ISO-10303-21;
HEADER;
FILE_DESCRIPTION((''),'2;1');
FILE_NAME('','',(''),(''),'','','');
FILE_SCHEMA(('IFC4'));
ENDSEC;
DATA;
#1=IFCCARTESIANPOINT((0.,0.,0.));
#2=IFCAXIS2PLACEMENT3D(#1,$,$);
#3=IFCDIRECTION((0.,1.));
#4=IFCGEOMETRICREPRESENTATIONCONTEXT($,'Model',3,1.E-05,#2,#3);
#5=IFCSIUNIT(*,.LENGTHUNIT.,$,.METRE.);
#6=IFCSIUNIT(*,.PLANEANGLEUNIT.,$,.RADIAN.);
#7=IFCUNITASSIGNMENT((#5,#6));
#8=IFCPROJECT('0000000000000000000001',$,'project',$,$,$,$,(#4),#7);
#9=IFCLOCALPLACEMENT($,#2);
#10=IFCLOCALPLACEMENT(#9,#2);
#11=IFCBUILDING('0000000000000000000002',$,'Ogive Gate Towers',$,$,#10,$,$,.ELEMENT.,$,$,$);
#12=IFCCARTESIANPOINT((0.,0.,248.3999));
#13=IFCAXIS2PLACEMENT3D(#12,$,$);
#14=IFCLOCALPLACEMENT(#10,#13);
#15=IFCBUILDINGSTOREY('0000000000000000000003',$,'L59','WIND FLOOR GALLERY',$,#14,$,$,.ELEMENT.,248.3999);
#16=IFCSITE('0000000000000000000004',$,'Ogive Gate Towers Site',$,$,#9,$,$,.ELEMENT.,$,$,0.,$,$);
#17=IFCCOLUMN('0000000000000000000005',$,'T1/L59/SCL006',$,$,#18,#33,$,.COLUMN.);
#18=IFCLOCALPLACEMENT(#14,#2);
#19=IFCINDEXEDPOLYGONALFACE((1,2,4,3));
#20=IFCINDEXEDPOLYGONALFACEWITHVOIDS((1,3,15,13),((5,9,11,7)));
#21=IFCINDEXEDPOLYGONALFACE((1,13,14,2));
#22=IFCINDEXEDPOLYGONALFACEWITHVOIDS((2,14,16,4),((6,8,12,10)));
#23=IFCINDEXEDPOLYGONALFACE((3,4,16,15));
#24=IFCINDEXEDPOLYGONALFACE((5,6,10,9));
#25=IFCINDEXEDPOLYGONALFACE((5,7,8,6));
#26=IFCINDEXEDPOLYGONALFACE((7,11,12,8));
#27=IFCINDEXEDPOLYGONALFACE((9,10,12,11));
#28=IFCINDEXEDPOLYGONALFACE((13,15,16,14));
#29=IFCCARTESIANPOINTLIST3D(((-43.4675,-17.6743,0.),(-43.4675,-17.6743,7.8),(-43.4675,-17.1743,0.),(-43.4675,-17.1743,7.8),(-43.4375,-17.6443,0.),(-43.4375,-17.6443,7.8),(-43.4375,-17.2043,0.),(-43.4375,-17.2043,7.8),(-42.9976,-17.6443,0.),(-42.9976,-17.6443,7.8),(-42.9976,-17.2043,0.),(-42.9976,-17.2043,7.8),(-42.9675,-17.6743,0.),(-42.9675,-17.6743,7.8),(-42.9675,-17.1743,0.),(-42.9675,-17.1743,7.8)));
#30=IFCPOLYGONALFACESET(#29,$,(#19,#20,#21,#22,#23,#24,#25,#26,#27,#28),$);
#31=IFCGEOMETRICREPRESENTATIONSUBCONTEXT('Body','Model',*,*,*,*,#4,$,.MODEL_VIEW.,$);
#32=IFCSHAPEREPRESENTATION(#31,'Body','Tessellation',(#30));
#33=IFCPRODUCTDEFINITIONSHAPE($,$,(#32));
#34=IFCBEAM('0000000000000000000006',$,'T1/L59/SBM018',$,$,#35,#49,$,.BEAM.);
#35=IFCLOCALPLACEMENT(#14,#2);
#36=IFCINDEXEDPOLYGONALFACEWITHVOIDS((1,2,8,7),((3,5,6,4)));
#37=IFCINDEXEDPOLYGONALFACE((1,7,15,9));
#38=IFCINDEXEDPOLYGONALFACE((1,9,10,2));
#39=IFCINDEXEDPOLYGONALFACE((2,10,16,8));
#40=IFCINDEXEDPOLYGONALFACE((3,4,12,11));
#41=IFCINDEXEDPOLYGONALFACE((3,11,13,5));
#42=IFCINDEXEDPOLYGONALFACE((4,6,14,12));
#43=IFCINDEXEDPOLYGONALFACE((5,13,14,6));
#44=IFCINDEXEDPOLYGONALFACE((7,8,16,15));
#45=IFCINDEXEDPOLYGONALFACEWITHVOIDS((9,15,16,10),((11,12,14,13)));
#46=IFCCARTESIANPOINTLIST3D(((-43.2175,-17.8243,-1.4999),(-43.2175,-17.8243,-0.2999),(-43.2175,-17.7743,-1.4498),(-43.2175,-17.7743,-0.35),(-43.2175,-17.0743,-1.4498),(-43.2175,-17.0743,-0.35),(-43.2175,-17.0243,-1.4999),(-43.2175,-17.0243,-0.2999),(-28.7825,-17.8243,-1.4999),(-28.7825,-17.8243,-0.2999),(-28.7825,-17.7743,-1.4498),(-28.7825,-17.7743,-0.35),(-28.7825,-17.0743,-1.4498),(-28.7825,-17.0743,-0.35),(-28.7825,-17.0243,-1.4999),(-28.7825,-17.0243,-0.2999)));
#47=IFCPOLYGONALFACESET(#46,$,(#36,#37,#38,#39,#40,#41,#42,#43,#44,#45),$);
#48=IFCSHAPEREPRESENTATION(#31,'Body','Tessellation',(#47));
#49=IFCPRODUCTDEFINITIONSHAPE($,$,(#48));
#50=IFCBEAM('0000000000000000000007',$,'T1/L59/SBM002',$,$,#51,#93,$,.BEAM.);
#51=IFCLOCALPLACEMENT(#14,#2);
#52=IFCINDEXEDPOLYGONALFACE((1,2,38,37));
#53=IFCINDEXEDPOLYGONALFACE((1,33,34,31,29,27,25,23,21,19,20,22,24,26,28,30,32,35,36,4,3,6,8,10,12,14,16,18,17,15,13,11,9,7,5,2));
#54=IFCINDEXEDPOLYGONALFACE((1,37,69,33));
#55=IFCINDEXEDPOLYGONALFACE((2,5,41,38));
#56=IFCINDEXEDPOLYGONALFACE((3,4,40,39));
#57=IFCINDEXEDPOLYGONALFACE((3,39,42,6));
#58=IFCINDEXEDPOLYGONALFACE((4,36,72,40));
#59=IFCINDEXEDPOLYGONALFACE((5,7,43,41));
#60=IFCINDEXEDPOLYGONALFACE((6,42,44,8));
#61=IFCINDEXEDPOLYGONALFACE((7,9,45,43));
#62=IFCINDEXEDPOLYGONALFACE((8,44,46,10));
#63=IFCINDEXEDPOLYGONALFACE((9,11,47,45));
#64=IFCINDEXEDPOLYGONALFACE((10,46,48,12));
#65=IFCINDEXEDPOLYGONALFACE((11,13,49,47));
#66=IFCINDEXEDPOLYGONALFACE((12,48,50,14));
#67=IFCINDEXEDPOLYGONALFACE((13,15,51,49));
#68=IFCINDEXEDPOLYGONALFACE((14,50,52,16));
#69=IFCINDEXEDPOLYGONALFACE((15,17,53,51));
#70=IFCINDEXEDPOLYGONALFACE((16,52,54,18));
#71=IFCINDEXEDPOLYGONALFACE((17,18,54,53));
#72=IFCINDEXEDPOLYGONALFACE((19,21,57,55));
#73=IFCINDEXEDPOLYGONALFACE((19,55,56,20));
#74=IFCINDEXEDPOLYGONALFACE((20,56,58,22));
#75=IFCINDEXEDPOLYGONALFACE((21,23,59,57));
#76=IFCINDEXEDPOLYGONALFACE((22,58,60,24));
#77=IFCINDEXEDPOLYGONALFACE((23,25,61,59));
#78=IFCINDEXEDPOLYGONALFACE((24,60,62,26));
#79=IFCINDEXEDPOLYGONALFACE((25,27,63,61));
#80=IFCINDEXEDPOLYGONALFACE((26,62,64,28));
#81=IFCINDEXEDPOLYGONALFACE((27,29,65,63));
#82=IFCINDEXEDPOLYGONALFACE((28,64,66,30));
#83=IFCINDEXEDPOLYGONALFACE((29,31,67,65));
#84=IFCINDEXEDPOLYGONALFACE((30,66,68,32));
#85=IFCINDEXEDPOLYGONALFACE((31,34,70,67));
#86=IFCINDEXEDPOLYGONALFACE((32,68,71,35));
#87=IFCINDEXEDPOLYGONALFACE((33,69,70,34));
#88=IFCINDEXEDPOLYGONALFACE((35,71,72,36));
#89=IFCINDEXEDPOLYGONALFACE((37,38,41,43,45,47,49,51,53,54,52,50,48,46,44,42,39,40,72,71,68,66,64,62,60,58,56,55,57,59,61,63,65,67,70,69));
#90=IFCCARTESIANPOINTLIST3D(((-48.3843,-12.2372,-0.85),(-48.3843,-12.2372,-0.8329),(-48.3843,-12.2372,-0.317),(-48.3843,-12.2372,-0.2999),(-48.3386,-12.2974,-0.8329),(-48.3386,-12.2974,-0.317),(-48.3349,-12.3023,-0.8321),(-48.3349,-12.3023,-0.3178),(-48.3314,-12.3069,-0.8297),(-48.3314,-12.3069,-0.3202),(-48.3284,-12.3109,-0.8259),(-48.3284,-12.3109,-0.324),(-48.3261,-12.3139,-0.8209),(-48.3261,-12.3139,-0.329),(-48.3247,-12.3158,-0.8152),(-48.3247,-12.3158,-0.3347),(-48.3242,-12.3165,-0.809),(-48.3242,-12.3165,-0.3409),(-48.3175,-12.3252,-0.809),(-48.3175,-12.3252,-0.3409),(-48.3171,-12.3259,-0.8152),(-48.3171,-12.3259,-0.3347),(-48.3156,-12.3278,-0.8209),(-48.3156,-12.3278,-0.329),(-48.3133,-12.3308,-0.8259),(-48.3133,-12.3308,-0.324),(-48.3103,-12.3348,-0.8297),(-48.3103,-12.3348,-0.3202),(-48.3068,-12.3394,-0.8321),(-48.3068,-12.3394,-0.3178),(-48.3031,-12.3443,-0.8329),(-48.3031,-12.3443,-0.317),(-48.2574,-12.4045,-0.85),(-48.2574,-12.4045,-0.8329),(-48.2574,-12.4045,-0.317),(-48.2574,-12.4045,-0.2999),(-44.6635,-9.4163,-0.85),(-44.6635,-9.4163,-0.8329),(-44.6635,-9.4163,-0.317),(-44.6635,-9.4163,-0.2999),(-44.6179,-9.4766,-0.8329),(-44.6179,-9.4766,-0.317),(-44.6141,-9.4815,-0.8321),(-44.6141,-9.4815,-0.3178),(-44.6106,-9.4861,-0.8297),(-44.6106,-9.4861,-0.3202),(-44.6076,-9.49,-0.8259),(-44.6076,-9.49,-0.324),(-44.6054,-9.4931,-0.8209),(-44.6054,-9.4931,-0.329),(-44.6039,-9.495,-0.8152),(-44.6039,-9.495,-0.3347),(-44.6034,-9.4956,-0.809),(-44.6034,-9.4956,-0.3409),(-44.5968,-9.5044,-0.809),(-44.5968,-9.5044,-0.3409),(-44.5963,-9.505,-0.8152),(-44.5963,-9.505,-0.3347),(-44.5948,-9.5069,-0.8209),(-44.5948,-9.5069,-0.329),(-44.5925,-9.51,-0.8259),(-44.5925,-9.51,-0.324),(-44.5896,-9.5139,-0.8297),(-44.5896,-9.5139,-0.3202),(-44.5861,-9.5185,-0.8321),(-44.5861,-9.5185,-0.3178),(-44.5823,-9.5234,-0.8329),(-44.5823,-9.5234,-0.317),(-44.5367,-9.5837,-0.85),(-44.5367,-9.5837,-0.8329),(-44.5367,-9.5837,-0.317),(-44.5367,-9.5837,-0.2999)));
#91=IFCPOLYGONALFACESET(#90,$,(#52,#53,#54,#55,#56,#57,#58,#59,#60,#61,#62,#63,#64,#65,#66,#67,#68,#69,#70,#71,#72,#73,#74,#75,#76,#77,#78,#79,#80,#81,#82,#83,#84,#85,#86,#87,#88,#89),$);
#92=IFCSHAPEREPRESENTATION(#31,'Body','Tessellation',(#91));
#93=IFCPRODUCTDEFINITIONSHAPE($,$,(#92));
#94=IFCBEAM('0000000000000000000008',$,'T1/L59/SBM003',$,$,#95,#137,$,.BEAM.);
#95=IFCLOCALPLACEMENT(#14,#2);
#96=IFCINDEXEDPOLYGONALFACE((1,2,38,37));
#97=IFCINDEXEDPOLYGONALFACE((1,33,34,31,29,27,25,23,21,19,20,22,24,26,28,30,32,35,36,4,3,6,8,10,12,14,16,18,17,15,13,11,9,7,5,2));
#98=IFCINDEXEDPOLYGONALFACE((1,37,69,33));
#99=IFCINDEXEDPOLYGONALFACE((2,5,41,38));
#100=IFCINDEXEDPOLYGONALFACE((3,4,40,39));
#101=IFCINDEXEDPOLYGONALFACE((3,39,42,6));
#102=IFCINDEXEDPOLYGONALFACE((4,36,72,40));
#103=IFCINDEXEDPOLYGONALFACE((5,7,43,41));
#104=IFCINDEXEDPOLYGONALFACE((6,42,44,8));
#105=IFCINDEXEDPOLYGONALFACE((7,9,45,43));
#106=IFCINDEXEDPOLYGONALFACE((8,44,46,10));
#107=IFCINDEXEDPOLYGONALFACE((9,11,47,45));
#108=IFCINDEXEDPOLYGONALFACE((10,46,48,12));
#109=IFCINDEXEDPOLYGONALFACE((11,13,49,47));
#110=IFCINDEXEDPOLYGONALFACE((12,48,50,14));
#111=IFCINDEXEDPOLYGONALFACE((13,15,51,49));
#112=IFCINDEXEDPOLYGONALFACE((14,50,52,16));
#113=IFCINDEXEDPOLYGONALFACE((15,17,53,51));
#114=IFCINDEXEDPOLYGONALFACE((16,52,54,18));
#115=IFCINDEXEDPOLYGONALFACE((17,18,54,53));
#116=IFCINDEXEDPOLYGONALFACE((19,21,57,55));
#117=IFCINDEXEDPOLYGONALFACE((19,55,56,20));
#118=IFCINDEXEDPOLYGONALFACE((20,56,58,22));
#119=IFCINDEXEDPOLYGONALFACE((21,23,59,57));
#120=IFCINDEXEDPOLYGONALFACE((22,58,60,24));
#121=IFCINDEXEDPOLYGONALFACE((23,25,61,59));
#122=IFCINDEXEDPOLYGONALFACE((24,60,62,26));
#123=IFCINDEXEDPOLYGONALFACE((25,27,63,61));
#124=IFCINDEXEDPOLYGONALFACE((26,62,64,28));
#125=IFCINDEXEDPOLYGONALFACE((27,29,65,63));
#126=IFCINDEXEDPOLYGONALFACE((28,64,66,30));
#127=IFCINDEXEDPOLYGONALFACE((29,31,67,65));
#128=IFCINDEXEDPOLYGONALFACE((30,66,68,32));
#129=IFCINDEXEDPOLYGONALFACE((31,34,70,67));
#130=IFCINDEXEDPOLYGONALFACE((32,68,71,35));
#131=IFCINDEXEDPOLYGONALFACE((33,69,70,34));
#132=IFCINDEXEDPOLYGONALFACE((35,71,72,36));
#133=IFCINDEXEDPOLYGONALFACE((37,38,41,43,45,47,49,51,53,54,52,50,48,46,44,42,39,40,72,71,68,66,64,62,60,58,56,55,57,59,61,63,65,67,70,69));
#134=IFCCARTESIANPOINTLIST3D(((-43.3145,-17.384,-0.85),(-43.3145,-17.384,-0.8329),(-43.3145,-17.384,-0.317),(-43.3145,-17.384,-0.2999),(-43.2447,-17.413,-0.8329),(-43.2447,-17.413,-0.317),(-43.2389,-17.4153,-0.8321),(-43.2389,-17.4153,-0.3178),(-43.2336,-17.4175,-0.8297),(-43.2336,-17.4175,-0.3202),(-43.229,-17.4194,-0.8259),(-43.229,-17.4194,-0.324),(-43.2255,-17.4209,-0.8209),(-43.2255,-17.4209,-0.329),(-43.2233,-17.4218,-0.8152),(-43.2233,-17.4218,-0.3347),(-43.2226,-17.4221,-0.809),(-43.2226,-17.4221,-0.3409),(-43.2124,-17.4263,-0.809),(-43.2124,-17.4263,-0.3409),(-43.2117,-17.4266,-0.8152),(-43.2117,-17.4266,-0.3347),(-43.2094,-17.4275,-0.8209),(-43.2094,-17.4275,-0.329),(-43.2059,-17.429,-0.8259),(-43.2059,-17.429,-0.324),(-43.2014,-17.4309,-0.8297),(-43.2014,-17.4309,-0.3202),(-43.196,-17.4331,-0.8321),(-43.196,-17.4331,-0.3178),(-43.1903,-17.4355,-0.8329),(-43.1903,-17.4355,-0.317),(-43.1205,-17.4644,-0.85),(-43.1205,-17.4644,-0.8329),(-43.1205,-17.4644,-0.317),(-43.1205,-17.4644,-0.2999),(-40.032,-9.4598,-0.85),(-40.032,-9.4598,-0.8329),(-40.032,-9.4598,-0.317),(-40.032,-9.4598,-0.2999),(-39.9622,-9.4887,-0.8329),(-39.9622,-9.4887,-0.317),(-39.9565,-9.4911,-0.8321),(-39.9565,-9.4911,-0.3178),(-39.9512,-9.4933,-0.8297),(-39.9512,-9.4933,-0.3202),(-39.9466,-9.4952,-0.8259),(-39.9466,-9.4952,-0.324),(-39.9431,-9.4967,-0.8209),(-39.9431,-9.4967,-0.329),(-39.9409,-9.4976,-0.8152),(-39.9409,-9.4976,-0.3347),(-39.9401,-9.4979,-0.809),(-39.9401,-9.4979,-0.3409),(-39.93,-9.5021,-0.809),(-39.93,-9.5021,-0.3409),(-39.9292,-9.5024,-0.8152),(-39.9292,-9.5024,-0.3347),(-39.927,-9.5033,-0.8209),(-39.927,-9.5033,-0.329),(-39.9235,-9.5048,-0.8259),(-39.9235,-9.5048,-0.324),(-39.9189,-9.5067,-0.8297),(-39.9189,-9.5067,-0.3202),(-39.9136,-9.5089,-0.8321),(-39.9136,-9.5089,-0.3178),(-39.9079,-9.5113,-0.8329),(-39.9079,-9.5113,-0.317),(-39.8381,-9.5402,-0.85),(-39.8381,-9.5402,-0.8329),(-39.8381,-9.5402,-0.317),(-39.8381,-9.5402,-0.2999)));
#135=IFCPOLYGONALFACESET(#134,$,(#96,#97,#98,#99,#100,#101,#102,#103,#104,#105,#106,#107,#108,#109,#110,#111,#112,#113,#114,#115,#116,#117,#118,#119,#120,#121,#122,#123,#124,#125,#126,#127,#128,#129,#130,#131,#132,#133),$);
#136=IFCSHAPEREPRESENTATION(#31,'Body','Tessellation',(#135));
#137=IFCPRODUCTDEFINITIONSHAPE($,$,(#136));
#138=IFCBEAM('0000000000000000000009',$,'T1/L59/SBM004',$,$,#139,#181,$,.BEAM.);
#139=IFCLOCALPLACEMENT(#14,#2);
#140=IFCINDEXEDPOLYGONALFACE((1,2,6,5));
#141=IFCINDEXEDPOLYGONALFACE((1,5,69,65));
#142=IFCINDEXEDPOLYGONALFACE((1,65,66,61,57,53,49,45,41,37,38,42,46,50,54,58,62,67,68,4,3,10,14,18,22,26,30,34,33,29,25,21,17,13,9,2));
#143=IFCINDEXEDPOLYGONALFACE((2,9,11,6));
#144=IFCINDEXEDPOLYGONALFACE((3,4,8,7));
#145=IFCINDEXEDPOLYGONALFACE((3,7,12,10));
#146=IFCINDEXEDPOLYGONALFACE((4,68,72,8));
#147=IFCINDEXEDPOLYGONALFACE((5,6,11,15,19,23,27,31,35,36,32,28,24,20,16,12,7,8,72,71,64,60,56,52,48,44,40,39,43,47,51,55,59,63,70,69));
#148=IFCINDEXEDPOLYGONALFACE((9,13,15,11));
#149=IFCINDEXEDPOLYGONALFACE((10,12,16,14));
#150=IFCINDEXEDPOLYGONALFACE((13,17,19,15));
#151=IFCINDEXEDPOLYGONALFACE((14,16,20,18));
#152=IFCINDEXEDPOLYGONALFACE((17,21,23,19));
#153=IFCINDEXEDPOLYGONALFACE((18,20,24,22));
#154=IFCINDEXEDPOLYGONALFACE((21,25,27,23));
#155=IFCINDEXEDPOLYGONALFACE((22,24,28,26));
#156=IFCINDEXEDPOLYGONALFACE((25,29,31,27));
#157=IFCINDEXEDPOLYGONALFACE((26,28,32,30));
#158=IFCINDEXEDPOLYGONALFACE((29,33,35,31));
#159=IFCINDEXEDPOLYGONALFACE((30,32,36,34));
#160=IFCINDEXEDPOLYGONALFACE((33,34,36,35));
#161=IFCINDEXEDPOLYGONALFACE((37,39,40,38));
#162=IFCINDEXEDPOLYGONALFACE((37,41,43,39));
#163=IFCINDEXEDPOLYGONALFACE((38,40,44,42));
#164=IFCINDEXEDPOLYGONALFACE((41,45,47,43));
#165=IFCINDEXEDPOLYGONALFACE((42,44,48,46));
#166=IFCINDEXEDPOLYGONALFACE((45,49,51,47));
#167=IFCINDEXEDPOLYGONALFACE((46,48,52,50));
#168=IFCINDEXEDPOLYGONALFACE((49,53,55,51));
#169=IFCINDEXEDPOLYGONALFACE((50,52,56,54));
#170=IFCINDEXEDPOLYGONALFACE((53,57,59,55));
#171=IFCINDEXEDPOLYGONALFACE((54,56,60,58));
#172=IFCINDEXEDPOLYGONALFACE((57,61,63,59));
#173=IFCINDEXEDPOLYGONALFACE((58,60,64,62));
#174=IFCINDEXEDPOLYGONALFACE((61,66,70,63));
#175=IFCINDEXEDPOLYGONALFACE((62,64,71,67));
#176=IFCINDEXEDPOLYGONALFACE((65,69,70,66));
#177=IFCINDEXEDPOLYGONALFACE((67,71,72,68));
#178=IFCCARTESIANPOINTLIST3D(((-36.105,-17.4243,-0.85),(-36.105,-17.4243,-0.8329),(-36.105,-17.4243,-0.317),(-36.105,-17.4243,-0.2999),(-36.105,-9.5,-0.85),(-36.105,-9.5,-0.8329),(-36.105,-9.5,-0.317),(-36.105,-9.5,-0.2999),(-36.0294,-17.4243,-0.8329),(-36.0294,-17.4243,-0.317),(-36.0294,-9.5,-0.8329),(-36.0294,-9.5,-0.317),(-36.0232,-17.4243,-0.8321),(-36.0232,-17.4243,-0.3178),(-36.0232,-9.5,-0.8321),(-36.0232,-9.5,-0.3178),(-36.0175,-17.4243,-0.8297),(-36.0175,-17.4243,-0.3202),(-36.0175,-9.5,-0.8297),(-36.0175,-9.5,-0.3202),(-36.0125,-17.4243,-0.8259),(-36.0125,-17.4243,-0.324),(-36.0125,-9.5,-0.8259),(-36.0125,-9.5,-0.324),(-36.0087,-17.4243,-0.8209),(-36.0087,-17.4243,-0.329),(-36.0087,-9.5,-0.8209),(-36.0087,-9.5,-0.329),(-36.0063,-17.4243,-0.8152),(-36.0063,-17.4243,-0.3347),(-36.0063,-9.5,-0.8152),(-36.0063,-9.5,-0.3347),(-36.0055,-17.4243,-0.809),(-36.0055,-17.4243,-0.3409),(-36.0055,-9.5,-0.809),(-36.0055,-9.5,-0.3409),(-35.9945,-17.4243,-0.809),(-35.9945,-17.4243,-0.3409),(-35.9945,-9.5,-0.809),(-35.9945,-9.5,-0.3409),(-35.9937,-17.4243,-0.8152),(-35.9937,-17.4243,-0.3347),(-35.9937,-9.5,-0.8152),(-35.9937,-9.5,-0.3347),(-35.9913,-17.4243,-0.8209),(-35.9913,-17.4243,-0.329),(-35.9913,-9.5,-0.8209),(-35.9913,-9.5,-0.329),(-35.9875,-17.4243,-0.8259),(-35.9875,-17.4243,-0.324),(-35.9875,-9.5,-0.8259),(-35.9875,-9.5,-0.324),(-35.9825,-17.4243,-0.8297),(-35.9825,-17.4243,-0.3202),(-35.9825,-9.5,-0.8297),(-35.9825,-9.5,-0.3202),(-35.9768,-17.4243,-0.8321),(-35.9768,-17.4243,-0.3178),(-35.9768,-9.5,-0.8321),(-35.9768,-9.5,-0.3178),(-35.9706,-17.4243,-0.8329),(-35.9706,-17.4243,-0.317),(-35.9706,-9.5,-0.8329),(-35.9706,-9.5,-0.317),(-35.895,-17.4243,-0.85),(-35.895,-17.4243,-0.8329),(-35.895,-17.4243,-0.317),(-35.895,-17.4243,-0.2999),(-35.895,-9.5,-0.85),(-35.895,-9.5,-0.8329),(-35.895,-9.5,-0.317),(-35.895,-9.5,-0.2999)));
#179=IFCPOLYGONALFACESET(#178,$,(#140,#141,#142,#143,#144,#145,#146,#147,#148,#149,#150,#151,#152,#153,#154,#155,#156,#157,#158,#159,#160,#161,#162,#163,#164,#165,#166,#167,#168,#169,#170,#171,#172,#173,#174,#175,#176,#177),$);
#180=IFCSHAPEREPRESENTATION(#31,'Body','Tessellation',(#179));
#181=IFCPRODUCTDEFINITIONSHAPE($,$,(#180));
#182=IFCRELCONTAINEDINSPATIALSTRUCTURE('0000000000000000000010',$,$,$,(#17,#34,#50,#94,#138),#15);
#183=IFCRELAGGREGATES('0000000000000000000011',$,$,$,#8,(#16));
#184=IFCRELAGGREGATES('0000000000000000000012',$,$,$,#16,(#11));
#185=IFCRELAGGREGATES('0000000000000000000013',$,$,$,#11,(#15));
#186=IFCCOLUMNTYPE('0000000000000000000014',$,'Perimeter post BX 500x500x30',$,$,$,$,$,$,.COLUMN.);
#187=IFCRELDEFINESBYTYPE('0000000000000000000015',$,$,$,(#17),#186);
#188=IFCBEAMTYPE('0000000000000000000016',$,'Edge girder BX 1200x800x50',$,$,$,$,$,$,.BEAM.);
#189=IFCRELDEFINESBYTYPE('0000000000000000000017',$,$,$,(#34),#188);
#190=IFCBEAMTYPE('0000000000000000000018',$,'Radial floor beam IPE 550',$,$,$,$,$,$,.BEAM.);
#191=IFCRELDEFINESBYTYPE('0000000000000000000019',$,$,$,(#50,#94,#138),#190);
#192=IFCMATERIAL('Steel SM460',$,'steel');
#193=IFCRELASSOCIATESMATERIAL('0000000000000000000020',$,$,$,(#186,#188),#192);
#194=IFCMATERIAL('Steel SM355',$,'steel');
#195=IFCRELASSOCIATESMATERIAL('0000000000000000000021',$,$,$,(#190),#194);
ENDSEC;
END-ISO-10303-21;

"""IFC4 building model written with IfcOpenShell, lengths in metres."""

from ifc_helpers import new_model, si_unit, direction, frame, origin, origin_2d, place, context, subcontext, project, spatial, hollow_rectangle, i_section, extrude, material, material_profile, profile_set, type_object, element, save


model = new_model("IFC4")

# Units and contexts
model_context = context("Model", 3, precision=1e-05, world=origin(), true_north=direction((0.0, 1.0)))
body_context = subcontext(model_context, "Body", "Model", "MODEL_VIEW")
ifc_project = project(units=[si_unit("LENGTHUNIT", "METRE"), si_unit("PLANEANGLEUNIT", "RADIAN")], contexts=[model_context])

# Site, building, storey
site_placement = place(None, origin())
site = spatial("IfcSite", under=ifc_project, at=site_placement, Name="Ogive Gate Towers Site", CompositionType="ELEMENT", RefElevation=0.0)
building_placement = place(site_placement, origin())
building = spatial("IfcBuilding", under=site, at=building_placement, Name="Ogive Gate Towers", CompositionType="ELEMENT")
storey_placement = place(building_placement, frame((0.0, 0.0, 248.3999)))
storey = spatial("IfcBuildingStorey", under=building, at=storey_placement, Name="L59", Description="WIND FLOOR GALLERY", CompositionType="ELEMENT", Elevation=248.3999)

# Column
ifc_material_1 = material(Name="Steel SM460", Category="steel")
ifc_material_profile_1 = material_profile(ifc_material_1, hollow_rectangle(XDim=0.5, YDim=0.5, WallThickness=0.03, at=origin_2d()), Name="BX 500x500x30")
ifc_profile_set_1 = profile_set([ifc_material_profile_1], Name="Steel SM460")
column_type = type_object("IfcColumnType", Name="Perimeter post BX 500x500x30", PredefinedType="COLUMN", material=ifc_profile_set_1)
column_placement = place(storey_placement, frame((-43.2175, -17.4243, 0.0), z_axis=(0.0, 0.0, 1.0), x_axis=(1.0, 0.0, 0.0)))
element("IfcColumn", 1, at=column_placement, inside=storey, type_object=column_type, Name="T1/L59/SCL006", PredefinedType="COLUMN", context=body_context, shape_type="SweptSolid", body=[
    extrude(hollow_rectangle(XDim=0.5, YDim=0.5, WallThickness=0.03, at=origin_2d()), origin(), (0.0, 0.0, 1.0), 7.8),
])

# Beams
ifc_material_profile_2 = material_profile(ifc_material_1, hollow_rectangle(XDim=0.8, YDim=1.2, WallThickness=0.05, at=origin_2d()), Name="BX 1200x800x50")
ifc_profile_set_2 = profile_set([ifc_material_profile_2], Name="Steel SM460")
beam_type_1 = type_object("IfcBeamType", Name="Edge girder BX 1200x800x50", PredefinedType="BEAM", material=ifc_profile_set_2)
beam_1_placement = place(storey_placement, frame((-43.2175, -17.4243, -0.8999), z_axis=(1.0, 0.0, 0.0), x_axis=(0.0, 1.0, 0.0)))
element("IfcBeam", 2, at=beam_1_placement, inside=storey, type_object=beam_type_1, Name="T1/L59/SBM018", PredefinedType="BEAM", context=body_context, shape_type="SweptSolid", body=[
    extrude(hollow_rectangle(XDim=0.8, YDim=1.2, WallThickness=0.05, at=origin_2d()), origin(), (0.0, 0.0, 1.0), 14.4351),
])
ifc_material_2 = material(Name="Steel SM355", Category="steel")
ifc_material_profile_3 = material_profile(ifc_material_2, i_section(OverallWidth=0.21, OverallDepth=0.55, WebThickness=0.011, FlangeThickness=0.0171, FilletRadius=0.0239, at=origin_2d()), Name="IPE 550")
ifc_profile_set_3 = profile_set([ifc_material_profile_3], Name="Steel SM355")
beam_type_2 = type_object("IfcBeamType", Name="Radial floor beam IPE 550", PredefinedType="BEAM", material=ifc_profile_set_3)
beam_2_placement = place(storey_placement, frame((-44.6001, -9.5, -0.575), z_axis=(-0.796877, -0.604142, 0.0), x_axis=(0.604142, -0.796877, 0.0)))
element("IfcBeam", 3, at=beam_2_placement, inside=storey, type_object=beam_type_2, Name="T1/L59/SBM002", PredefinedType="BEAM", context=body_context, shape_type="SweptSolid", body=[
    extrude(i_section(OverallWidth=0.21, OverallDepth=0.55, WebThickness=0.011, FlangeThickness=0.0171, FilletRadius=0.0239, at=origin_2d()), origin(), (0.0, 0.0, 1.0), 4.6692),
])
beam_3_placement = place(storey_placement, frame((-39.9351, -9.5, -0.575), z_axis=(-0.382695, -0.923875, 0.0), x_axis=(0.923875, -0.382695, 0.0)))
element("IfcBeam", 4, at=beam_3_placement, inside=storey, type_object=beam_type_2, Name="T1/L59/SBM003", PredefinedType="BEAM", context=body_context, shape_type="SweptSolid", body=[
    extrude(i_section(OverallWidth=0.21, OverallDepth=0.55, WebThickness=0.011, FlangeThickness=0.0171, FilletRadius=0.0239, at=origin_2d()), origin(), (0.0, 0.0, 1.0), 8.5771),
])
beam_4_placement = place(storey_placement, frame((-36.0, -9.5, -0.575), z_axis=(0.0, -1.0, 0.0), x_axis=(1.0, 0.0, 0.0)))
element("IfcBeam", 5, at=beam_4_placement, inside=storey, type_object=beam_type_2, Name="T1/L59/SBM004", PredefinedType="BEAM", context=body_context, shape_type="SweptSolid", body=[
    extrude(i_section(OverallWidth=0.21, OverallDepth=0.55, WebThickness=0.011, FlangeThickness=0.0171, FilletRadius=0.0239, at=origin_2d()), origin(), (0.0, 0.0, 1.0), 7.9243),
])

save(model, "model.ifc")
